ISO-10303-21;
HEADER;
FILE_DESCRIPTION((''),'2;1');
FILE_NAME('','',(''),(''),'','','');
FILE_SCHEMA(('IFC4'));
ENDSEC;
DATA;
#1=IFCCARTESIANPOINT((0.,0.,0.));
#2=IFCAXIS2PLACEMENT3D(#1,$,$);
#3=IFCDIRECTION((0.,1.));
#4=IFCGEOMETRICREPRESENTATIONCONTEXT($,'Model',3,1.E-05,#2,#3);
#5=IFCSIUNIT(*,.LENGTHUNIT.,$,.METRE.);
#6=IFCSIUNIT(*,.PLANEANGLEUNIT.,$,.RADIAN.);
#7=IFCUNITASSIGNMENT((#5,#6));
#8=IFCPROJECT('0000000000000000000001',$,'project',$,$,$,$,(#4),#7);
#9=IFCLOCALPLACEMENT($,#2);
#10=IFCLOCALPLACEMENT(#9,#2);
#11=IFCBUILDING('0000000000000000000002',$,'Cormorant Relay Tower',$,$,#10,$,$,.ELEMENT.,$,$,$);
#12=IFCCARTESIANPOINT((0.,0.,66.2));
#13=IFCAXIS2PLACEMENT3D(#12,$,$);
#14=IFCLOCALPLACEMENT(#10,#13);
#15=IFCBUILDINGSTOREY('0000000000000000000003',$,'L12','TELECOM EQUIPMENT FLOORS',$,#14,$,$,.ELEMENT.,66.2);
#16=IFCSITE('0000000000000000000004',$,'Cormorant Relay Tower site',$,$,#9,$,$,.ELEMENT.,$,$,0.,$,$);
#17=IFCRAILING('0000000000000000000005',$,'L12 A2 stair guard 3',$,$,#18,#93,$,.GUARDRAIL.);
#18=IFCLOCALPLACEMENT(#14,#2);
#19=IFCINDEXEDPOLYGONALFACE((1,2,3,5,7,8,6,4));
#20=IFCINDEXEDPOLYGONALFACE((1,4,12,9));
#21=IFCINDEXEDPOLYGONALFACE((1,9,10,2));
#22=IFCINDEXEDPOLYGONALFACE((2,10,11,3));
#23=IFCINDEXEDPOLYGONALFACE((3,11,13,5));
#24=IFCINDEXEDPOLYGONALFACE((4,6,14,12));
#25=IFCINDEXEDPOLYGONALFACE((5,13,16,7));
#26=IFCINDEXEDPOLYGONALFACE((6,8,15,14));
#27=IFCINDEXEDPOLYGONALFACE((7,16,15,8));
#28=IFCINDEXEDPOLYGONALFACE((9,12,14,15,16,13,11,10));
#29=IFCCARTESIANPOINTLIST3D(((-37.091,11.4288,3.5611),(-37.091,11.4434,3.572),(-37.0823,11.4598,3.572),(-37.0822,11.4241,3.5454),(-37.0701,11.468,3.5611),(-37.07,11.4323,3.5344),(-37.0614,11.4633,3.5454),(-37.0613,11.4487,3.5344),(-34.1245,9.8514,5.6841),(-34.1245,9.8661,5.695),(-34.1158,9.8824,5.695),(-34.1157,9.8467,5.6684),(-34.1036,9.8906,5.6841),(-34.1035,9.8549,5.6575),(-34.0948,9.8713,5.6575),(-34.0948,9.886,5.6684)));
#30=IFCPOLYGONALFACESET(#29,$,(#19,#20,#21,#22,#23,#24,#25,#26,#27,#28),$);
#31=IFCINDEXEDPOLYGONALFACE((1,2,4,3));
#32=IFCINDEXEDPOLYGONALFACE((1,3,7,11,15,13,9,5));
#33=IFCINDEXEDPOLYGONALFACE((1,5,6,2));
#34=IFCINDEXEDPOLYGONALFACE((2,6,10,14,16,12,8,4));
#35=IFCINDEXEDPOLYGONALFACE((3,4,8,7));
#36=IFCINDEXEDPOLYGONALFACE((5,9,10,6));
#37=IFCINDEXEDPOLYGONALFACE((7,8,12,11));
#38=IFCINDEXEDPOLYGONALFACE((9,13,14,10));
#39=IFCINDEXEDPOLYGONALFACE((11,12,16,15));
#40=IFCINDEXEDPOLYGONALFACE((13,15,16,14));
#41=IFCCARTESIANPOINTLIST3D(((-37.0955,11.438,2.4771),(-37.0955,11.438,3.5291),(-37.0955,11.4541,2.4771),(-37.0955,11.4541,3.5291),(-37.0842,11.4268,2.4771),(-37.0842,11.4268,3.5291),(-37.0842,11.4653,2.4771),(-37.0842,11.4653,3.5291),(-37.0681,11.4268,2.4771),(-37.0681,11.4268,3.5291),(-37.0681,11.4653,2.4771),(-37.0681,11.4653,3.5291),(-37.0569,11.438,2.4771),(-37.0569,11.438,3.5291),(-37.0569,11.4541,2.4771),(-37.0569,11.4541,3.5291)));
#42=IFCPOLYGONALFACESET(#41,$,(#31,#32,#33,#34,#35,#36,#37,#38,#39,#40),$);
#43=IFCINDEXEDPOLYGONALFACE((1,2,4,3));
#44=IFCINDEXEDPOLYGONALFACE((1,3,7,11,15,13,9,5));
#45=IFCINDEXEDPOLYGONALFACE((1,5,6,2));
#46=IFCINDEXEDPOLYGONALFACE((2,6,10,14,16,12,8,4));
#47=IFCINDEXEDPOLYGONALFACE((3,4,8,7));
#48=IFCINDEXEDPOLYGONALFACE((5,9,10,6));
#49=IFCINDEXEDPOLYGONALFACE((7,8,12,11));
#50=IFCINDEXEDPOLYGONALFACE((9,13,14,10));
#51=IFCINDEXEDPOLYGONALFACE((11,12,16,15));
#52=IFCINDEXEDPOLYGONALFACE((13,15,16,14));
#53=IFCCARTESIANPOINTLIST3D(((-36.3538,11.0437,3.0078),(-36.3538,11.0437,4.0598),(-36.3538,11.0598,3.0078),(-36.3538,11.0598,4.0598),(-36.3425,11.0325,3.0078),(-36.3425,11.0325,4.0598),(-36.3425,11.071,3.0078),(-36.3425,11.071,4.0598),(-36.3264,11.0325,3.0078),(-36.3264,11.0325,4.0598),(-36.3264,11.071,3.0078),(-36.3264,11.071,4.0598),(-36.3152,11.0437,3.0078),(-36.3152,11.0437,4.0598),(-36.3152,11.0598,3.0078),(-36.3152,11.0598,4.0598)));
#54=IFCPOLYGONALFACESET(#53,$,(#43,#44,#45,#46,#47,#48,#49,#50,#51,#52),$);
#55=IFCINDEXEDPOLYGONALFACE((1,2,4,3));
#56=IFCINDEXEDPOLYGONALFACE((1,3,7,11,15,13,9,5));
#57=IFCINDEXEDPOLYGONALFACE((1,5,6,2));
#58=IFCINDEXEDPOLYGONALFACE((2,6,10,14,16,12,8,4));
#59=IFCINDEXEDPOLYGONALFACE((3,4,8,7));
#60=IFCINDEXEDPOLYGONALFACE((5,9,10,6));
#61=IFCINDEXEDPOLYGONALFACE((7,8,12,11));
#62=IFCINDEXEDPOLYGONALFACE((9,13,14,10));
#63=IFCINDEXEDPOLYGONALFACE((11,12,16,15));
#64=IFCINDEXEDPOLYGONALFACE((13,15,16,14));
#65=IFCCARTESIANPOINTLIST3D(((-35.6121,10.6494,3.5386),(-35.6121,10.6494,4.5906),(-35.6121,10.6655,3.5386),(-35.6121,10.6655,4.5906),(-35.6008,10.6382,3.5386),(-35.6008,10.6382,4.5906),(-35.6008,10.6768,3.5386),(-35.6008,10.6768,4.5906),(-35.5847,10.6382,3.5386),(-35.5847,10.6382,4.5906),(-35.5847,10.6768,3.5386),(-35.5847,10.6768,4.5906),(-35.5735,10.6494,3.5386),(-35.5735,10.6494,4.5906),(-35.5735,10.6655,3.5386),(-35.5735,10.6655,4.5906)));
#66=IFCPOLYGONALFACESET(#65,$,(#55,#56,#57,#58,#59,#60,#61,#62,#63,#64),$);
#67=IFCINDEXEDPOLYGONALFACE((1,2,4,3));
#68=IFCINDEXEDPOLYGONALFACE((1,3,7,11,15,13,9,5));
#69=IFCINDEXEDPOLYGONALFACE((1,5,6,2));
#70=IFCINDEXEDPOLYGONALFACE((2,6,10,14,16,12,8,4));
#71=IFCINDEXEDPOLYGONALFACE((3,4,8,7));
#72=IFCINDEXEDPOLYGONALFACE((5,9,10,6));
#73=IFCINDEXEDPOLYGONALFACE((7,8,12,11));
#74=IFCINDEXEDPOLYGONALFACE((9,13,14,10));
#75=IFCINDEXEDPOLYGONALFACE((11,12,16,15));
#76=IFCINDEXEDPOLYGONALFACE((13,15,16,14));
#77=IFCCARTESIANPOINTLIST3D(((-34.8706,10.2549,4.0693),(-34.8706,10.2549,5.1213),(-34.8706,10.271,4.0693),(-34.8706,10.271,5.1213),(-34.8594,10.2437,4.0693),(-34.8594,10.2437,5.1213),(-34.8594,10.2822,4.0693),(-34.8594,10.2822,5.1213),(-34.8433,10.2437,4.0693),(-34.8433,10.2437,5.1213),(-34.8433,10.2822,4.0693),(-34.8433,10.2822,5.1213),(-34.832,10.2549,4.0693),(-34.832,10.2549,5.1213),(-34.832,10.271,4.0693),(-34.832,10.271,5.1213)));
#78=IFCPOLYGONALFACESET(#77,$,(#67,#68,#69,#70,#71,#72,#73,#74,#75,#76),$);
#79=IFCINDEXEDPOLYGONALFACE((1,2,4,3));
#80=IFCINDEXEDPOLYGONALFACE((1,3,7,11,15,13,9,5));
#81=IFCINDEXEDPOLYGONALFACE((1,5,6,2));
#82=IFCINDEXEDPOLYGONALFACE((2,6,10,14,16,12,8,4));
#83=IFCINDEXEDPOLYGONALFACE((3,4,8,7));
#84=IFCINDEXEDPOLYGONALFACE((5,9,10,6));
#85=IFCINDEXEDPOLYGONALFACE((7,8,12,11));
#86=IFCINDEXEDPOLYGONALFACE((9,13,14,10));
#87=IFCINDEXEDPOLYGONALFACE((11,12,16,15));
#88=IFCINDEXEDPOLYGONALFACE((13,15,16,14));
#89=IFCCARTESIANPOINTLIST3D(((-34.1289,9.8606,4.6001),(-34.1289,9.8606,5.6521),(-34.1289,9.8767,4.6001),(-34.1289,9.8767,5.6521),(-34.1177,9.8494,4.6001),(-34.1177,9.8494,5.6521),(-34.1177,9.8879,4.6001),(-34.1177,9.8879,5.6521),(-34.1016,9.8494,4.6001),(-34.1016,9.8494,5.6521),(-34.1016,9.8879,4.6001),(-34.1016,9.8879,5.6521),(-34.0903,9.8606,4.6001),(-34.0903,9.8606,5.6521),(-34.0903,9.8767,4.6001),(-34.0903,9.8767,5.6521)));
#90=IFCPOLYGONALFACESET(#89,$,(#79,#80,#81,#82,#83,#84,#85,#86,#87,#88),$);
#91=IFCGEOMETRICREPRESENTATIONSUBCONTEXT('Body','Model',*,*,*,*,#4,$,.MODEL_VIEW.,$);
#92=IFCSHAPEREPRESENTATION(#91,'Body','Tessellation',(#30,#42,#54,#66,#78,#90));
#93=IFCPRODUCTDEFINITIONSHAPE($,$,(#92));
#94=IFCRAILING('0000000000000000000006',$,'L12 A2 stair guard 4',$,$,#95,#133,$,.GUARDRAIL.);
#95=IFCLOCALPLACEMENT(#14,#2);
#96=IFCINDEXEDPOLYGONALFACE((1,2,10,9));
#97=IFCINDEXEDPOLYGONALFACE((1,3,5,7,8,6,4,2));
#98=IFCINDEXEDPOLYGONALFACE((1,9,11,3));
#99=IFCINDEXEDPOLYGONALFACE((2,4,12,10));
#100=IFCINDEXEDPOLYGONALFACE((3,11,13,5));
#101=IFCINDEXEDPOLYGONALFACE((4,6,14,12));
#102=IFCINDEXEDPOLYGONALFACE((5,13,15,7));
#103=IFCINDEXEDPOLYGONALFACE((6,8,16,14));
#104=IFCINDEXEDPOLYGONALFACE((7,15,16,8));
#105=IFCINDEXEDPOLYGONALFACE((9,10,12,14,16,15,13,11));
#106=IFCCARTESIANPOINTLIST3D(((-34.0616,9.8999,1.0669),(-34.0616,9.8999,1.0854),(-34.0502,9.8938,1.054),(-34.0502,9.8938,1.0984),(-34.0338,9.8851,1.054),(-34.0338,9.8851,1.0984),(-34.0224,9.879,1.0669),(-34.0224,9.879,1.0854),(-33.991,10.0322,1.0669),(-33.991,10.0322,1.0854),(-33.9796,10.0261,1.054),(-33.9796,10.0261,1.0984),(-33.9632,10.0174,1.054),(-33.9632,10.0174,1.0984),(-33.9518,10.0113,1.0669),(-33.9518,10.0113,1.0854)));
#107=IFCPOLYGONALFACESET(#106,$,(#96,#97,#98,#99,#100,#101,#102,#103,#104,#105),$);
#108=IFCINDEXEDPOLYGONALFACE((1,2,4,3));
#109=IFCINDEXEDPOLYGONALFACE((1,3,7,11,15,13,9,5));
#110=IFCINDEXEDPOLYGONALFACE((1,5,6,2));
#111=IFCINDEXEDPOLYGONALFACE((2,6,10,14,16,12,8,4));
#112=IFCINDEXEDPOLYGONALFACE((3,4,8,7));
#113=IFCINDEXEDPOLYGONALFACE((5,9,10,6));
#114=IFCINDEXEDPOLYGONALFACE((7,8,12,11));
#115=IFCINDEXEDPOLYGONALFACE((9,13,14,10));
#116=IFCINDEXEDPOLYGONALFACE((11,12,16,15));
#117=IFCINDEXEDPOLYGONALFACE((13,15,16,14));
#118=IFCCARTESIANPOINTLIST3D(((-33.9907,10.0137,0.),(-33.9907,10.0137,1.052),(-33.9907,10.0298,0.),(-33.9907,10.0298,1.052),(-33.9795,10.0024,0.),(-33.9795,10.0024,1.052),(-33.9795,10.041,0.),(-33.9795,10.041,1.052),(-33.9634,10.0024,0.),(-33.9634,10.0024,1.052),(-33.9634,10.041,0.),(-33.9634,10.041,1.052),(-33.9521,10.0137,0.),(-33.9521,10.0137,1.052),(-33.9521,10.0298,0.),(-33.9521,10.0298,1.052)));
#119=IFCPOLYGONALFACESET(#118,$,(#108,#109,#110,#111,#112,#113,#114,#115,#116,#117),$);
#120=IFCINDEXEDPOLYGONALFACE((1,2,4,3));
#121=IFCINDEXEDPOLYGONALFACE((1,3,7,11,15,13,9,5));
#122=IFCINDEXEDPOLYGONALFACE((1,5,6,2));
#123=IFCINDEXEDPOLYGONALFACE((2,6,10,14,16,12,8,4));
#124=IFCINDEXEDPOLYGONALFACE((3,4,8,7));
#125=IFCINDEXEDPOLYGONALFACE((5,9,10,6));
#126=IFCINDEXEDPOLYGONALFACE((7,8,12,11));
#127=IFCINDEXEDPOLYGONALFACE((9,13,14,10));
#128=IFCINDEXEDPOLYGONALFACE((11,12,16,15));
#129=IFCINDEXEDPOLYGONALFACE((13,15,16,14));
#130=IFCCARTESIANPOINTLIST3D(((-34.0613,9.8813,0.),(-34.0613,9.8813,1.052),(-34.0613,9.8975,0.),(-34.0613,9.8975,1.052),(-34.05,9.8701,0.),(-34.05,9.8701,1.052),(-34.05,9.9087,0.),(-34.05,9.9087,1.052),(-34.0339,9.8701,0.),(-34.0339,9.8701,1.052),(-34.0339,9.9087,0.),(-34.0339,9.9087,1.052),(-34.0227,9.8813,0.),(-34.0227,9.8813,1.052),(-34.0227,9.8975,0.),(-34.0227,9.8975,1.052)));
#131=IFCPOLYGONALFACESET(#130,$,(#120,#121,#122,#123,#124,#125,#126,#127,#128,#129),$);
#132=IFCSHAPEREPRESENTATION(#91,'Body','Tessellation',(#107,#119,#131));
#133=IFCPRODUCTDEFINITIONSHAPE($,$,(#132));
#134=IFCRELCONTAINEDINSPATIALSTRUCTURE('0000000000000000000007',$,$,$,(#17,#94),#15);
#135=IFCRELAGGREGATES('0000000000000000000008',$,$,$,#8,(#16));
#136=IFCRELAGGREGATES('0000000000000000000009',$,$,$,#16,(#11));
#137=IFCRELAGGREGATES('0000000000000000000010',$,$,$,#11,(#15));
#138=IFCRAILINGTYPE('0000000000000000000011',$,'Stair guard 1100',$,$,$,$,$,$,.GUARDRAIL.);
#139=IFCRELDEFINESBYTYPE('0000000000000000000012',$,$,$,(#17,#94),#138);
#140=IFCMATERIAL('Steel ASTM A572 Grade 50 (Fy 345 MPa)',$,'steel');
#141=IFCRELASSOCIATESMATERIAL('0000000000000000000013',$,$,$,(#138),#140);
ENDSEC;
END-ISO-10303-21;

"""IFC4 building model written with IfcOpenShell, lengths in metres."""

from ifc_helpers import new_model, si_unit, direction, frame, origin, place, context, subcontext, project, spatial, polyline, outline, extrude, material, type_object, element, save


model = new_model("IFC4")

# Units and contexts
model_context = context("Model", 3, precision=1e-05, world=origin(), true_north=direction((0.0, 1.0)))
body_context = subcontext(model_context, "Body", "Model", "MODEL_VIEW")
ifc_project = project(units=[si_unit("LENGTHUNIT", "METRE"), si_unit("PLANEANGLEUNIT", "RADIAN")], contexts=[model_context])

# Site, building, storey
site_placement = place(None, origin())
site = spatial("IfcSite", under=ifc_project, at=site_placement, Name="Cormorant Relay Tower site", CompositionType="ELEMENT", RefElevation=0.0)
building_placement = place(site_placement, origin())
building = spatial("IfcBuilding", under=site, at=building_placement, Name="Cormorant Relay Tower", CompositionType="ELEMENT")
storey_placement = place(building_placement, frame((0.0, 0.0, 66.2)))
storey = spatial("IfcBuildingStorey", under=building, at=storey_placement, Name="L12", Description="TELECOM EQUIPMENT FLOORS", CompositionType="ELEMENT", Elevation=66.2)

# Railings
ifc_material_1 = material(Name="Steel ASTM A572 Grade 50 (Fy 345 MPa)", Category="steel")
railing_type_1 = type_object("IfcRailingType", Name="Stair guard 1100", PredefinedType="GUARDRAIL", material=ifc_material_1)
railing_1_placement = place(storey_placement, frame((-37.0762, 11.446, 2.4771)))
element("IfcRailing", 1, at=railing_1_placement, inside=storey, type_object=railing_type_1, Name="L12 A2 stair guard 3", PredefinedType="GUARDRAIL", context=body_context, shape_type="SweptSolid", body=[
    extrude(outline(polyline([(0.0222, 0.0093), (0.0093, 0.0222), (-0.0093, 0.0222), (-0.0222, 0.0093), (-0.0222, -0.0093), (-0.0093, -0.0222), (0.0093, -0.0222), (0.0222, -0.0093), (0.0222, 0.0093)])), frame((0.0, 0.0, 1.0762), z_axis=(0.746413, -0.396887, 0.534179), x_axis=(0.469483, 0.882942, 0.0)), (0.0, 0.0, 1.0), 3.9744),
    extrude(outline(polyline([(0.0193, 0.0081), (0.0081, 0.0193), (-0.0081, 0.0193), (-0.0193, 0.0081), (-0.0193, -0.0081), (-0.0081, -0.0193), (0.0081, -0.0193), (0.0193, -0.0081), (0.0193, 0.0081)])), origin(), (0.0, 0.0, 1.0), 1.052),
    extrude(outline(polyline([(0.0193, 0.0081), (0.0081, 0.0193), (-0.0081, 0.0193), (-0.0193, 0.0081), (-0.0193, -0.0081), (-0.0081, -0.0193), (0.0081, -0.0193), (0.0193, -0.0081), (0.0193, 0.0081)])), frame((0.7417, -0.3943, 0.5308)), (0.0, 0.0, 1.0), 1.052),
    extrude(outline(polyline([(0.0193, 0.0081), (0.0081, 0.0193), (-0.0081, 0.0193), (-0.0193, 0.0081), (-0.0193, -0.0081), (-0.0081, -0.0193), (0.0081, -0.0193), (0.0193, -0.0081), (0.0193, 0.0081)])), frame((1.4834, -0.7886, 1.0615)), (0.0, 0.0, 1.0), 1.052),
    extrude(outline(polyline([(0.0193, 0.0081), (0.0081, 0.0193), (-0.0081, 0.0193), (-0.0193, 0.0081), (-0.0193, -0.0081), (-0.0081, -0.0193), (0.0081, -0.0193), (0.0193, -0.0081), (0.0193, 0.0081)])), frame((2.2249, -1.1831, 1.5923)), (0.0, 0.0, 1.0), 1.052),
    extrude(outline(polyline([(0.0193, 0.0081), (0.0081, 0.0193), (-0.0081, 0.0193), (-0.0193, 0.0081), (-0.0193, -0.0081), (-0.0081, -0.0193), (0.0081, -0.0193), (0.0193, -0.0081), (0.0193, 0.0081)])), frame((2.9666, -1.5774, 2.123)), (0.0, 0.0, 1.0), 1.052),
])
railing_2_placement = place(storey_placement, frame((-33.9714, 10.0217, 0.0)))
element("IfcRailing", 2, at=railing_2_placement, inside=storey, type_object=railing_type_1, Name="L12 A2 stair guard 4", PredefinedType="GUARDRAIL", context=body_context, shape_type="SweptSolid", body=[
    extrude(outline(polyline([(0.0222, 0.0093), (0.0093, 0.0222), (-0.0093, 0.0222), (-0.0222, 0.0093), (-0.0222, -0.0093), (-0.0093, -0.0222), (0.0093, -0.0222), (0.0222, -0.0093), (0.0222, 0.0093)])), frame((0.0, 0.0, 1.0762), z_axis=(-0.470504, -0.882398, 0.0), x_axis=(0.882398, -0.470504, 0.0)), (0.0, 0.0, 1.0), 0.1499),
    extrude(outline(polyline([(0.0193, 0.0081), (0.0081, 0.0193), (-0.0081, 0.0193), (-0.0193, 0.0081), (-0.0193, -0.0081), (-0.0081, -0.0193), (0.0081, -0.0193), (0.0193, -0.0081), (0.0193, 0.0081)])), origin(), (0.0, 0.0, 1.0), 1.052),
    extrude(outline(polyline([(0.0193, 0.0081), (0.0081, 0.0193), (-0.0081, 0.0193), (-0.0193, 0.0081), (-0.0193, -0.0081), (-0.0081, -0.0193), (0.0081, -0.0193), (0.0193, -0.0081), (0.0193, 0.0081)])), frame((-0.0706, -0.1323, 0.0)), (0.0, 0.0, 1.0), 1.052),
])

save(model, "model.ifc")
